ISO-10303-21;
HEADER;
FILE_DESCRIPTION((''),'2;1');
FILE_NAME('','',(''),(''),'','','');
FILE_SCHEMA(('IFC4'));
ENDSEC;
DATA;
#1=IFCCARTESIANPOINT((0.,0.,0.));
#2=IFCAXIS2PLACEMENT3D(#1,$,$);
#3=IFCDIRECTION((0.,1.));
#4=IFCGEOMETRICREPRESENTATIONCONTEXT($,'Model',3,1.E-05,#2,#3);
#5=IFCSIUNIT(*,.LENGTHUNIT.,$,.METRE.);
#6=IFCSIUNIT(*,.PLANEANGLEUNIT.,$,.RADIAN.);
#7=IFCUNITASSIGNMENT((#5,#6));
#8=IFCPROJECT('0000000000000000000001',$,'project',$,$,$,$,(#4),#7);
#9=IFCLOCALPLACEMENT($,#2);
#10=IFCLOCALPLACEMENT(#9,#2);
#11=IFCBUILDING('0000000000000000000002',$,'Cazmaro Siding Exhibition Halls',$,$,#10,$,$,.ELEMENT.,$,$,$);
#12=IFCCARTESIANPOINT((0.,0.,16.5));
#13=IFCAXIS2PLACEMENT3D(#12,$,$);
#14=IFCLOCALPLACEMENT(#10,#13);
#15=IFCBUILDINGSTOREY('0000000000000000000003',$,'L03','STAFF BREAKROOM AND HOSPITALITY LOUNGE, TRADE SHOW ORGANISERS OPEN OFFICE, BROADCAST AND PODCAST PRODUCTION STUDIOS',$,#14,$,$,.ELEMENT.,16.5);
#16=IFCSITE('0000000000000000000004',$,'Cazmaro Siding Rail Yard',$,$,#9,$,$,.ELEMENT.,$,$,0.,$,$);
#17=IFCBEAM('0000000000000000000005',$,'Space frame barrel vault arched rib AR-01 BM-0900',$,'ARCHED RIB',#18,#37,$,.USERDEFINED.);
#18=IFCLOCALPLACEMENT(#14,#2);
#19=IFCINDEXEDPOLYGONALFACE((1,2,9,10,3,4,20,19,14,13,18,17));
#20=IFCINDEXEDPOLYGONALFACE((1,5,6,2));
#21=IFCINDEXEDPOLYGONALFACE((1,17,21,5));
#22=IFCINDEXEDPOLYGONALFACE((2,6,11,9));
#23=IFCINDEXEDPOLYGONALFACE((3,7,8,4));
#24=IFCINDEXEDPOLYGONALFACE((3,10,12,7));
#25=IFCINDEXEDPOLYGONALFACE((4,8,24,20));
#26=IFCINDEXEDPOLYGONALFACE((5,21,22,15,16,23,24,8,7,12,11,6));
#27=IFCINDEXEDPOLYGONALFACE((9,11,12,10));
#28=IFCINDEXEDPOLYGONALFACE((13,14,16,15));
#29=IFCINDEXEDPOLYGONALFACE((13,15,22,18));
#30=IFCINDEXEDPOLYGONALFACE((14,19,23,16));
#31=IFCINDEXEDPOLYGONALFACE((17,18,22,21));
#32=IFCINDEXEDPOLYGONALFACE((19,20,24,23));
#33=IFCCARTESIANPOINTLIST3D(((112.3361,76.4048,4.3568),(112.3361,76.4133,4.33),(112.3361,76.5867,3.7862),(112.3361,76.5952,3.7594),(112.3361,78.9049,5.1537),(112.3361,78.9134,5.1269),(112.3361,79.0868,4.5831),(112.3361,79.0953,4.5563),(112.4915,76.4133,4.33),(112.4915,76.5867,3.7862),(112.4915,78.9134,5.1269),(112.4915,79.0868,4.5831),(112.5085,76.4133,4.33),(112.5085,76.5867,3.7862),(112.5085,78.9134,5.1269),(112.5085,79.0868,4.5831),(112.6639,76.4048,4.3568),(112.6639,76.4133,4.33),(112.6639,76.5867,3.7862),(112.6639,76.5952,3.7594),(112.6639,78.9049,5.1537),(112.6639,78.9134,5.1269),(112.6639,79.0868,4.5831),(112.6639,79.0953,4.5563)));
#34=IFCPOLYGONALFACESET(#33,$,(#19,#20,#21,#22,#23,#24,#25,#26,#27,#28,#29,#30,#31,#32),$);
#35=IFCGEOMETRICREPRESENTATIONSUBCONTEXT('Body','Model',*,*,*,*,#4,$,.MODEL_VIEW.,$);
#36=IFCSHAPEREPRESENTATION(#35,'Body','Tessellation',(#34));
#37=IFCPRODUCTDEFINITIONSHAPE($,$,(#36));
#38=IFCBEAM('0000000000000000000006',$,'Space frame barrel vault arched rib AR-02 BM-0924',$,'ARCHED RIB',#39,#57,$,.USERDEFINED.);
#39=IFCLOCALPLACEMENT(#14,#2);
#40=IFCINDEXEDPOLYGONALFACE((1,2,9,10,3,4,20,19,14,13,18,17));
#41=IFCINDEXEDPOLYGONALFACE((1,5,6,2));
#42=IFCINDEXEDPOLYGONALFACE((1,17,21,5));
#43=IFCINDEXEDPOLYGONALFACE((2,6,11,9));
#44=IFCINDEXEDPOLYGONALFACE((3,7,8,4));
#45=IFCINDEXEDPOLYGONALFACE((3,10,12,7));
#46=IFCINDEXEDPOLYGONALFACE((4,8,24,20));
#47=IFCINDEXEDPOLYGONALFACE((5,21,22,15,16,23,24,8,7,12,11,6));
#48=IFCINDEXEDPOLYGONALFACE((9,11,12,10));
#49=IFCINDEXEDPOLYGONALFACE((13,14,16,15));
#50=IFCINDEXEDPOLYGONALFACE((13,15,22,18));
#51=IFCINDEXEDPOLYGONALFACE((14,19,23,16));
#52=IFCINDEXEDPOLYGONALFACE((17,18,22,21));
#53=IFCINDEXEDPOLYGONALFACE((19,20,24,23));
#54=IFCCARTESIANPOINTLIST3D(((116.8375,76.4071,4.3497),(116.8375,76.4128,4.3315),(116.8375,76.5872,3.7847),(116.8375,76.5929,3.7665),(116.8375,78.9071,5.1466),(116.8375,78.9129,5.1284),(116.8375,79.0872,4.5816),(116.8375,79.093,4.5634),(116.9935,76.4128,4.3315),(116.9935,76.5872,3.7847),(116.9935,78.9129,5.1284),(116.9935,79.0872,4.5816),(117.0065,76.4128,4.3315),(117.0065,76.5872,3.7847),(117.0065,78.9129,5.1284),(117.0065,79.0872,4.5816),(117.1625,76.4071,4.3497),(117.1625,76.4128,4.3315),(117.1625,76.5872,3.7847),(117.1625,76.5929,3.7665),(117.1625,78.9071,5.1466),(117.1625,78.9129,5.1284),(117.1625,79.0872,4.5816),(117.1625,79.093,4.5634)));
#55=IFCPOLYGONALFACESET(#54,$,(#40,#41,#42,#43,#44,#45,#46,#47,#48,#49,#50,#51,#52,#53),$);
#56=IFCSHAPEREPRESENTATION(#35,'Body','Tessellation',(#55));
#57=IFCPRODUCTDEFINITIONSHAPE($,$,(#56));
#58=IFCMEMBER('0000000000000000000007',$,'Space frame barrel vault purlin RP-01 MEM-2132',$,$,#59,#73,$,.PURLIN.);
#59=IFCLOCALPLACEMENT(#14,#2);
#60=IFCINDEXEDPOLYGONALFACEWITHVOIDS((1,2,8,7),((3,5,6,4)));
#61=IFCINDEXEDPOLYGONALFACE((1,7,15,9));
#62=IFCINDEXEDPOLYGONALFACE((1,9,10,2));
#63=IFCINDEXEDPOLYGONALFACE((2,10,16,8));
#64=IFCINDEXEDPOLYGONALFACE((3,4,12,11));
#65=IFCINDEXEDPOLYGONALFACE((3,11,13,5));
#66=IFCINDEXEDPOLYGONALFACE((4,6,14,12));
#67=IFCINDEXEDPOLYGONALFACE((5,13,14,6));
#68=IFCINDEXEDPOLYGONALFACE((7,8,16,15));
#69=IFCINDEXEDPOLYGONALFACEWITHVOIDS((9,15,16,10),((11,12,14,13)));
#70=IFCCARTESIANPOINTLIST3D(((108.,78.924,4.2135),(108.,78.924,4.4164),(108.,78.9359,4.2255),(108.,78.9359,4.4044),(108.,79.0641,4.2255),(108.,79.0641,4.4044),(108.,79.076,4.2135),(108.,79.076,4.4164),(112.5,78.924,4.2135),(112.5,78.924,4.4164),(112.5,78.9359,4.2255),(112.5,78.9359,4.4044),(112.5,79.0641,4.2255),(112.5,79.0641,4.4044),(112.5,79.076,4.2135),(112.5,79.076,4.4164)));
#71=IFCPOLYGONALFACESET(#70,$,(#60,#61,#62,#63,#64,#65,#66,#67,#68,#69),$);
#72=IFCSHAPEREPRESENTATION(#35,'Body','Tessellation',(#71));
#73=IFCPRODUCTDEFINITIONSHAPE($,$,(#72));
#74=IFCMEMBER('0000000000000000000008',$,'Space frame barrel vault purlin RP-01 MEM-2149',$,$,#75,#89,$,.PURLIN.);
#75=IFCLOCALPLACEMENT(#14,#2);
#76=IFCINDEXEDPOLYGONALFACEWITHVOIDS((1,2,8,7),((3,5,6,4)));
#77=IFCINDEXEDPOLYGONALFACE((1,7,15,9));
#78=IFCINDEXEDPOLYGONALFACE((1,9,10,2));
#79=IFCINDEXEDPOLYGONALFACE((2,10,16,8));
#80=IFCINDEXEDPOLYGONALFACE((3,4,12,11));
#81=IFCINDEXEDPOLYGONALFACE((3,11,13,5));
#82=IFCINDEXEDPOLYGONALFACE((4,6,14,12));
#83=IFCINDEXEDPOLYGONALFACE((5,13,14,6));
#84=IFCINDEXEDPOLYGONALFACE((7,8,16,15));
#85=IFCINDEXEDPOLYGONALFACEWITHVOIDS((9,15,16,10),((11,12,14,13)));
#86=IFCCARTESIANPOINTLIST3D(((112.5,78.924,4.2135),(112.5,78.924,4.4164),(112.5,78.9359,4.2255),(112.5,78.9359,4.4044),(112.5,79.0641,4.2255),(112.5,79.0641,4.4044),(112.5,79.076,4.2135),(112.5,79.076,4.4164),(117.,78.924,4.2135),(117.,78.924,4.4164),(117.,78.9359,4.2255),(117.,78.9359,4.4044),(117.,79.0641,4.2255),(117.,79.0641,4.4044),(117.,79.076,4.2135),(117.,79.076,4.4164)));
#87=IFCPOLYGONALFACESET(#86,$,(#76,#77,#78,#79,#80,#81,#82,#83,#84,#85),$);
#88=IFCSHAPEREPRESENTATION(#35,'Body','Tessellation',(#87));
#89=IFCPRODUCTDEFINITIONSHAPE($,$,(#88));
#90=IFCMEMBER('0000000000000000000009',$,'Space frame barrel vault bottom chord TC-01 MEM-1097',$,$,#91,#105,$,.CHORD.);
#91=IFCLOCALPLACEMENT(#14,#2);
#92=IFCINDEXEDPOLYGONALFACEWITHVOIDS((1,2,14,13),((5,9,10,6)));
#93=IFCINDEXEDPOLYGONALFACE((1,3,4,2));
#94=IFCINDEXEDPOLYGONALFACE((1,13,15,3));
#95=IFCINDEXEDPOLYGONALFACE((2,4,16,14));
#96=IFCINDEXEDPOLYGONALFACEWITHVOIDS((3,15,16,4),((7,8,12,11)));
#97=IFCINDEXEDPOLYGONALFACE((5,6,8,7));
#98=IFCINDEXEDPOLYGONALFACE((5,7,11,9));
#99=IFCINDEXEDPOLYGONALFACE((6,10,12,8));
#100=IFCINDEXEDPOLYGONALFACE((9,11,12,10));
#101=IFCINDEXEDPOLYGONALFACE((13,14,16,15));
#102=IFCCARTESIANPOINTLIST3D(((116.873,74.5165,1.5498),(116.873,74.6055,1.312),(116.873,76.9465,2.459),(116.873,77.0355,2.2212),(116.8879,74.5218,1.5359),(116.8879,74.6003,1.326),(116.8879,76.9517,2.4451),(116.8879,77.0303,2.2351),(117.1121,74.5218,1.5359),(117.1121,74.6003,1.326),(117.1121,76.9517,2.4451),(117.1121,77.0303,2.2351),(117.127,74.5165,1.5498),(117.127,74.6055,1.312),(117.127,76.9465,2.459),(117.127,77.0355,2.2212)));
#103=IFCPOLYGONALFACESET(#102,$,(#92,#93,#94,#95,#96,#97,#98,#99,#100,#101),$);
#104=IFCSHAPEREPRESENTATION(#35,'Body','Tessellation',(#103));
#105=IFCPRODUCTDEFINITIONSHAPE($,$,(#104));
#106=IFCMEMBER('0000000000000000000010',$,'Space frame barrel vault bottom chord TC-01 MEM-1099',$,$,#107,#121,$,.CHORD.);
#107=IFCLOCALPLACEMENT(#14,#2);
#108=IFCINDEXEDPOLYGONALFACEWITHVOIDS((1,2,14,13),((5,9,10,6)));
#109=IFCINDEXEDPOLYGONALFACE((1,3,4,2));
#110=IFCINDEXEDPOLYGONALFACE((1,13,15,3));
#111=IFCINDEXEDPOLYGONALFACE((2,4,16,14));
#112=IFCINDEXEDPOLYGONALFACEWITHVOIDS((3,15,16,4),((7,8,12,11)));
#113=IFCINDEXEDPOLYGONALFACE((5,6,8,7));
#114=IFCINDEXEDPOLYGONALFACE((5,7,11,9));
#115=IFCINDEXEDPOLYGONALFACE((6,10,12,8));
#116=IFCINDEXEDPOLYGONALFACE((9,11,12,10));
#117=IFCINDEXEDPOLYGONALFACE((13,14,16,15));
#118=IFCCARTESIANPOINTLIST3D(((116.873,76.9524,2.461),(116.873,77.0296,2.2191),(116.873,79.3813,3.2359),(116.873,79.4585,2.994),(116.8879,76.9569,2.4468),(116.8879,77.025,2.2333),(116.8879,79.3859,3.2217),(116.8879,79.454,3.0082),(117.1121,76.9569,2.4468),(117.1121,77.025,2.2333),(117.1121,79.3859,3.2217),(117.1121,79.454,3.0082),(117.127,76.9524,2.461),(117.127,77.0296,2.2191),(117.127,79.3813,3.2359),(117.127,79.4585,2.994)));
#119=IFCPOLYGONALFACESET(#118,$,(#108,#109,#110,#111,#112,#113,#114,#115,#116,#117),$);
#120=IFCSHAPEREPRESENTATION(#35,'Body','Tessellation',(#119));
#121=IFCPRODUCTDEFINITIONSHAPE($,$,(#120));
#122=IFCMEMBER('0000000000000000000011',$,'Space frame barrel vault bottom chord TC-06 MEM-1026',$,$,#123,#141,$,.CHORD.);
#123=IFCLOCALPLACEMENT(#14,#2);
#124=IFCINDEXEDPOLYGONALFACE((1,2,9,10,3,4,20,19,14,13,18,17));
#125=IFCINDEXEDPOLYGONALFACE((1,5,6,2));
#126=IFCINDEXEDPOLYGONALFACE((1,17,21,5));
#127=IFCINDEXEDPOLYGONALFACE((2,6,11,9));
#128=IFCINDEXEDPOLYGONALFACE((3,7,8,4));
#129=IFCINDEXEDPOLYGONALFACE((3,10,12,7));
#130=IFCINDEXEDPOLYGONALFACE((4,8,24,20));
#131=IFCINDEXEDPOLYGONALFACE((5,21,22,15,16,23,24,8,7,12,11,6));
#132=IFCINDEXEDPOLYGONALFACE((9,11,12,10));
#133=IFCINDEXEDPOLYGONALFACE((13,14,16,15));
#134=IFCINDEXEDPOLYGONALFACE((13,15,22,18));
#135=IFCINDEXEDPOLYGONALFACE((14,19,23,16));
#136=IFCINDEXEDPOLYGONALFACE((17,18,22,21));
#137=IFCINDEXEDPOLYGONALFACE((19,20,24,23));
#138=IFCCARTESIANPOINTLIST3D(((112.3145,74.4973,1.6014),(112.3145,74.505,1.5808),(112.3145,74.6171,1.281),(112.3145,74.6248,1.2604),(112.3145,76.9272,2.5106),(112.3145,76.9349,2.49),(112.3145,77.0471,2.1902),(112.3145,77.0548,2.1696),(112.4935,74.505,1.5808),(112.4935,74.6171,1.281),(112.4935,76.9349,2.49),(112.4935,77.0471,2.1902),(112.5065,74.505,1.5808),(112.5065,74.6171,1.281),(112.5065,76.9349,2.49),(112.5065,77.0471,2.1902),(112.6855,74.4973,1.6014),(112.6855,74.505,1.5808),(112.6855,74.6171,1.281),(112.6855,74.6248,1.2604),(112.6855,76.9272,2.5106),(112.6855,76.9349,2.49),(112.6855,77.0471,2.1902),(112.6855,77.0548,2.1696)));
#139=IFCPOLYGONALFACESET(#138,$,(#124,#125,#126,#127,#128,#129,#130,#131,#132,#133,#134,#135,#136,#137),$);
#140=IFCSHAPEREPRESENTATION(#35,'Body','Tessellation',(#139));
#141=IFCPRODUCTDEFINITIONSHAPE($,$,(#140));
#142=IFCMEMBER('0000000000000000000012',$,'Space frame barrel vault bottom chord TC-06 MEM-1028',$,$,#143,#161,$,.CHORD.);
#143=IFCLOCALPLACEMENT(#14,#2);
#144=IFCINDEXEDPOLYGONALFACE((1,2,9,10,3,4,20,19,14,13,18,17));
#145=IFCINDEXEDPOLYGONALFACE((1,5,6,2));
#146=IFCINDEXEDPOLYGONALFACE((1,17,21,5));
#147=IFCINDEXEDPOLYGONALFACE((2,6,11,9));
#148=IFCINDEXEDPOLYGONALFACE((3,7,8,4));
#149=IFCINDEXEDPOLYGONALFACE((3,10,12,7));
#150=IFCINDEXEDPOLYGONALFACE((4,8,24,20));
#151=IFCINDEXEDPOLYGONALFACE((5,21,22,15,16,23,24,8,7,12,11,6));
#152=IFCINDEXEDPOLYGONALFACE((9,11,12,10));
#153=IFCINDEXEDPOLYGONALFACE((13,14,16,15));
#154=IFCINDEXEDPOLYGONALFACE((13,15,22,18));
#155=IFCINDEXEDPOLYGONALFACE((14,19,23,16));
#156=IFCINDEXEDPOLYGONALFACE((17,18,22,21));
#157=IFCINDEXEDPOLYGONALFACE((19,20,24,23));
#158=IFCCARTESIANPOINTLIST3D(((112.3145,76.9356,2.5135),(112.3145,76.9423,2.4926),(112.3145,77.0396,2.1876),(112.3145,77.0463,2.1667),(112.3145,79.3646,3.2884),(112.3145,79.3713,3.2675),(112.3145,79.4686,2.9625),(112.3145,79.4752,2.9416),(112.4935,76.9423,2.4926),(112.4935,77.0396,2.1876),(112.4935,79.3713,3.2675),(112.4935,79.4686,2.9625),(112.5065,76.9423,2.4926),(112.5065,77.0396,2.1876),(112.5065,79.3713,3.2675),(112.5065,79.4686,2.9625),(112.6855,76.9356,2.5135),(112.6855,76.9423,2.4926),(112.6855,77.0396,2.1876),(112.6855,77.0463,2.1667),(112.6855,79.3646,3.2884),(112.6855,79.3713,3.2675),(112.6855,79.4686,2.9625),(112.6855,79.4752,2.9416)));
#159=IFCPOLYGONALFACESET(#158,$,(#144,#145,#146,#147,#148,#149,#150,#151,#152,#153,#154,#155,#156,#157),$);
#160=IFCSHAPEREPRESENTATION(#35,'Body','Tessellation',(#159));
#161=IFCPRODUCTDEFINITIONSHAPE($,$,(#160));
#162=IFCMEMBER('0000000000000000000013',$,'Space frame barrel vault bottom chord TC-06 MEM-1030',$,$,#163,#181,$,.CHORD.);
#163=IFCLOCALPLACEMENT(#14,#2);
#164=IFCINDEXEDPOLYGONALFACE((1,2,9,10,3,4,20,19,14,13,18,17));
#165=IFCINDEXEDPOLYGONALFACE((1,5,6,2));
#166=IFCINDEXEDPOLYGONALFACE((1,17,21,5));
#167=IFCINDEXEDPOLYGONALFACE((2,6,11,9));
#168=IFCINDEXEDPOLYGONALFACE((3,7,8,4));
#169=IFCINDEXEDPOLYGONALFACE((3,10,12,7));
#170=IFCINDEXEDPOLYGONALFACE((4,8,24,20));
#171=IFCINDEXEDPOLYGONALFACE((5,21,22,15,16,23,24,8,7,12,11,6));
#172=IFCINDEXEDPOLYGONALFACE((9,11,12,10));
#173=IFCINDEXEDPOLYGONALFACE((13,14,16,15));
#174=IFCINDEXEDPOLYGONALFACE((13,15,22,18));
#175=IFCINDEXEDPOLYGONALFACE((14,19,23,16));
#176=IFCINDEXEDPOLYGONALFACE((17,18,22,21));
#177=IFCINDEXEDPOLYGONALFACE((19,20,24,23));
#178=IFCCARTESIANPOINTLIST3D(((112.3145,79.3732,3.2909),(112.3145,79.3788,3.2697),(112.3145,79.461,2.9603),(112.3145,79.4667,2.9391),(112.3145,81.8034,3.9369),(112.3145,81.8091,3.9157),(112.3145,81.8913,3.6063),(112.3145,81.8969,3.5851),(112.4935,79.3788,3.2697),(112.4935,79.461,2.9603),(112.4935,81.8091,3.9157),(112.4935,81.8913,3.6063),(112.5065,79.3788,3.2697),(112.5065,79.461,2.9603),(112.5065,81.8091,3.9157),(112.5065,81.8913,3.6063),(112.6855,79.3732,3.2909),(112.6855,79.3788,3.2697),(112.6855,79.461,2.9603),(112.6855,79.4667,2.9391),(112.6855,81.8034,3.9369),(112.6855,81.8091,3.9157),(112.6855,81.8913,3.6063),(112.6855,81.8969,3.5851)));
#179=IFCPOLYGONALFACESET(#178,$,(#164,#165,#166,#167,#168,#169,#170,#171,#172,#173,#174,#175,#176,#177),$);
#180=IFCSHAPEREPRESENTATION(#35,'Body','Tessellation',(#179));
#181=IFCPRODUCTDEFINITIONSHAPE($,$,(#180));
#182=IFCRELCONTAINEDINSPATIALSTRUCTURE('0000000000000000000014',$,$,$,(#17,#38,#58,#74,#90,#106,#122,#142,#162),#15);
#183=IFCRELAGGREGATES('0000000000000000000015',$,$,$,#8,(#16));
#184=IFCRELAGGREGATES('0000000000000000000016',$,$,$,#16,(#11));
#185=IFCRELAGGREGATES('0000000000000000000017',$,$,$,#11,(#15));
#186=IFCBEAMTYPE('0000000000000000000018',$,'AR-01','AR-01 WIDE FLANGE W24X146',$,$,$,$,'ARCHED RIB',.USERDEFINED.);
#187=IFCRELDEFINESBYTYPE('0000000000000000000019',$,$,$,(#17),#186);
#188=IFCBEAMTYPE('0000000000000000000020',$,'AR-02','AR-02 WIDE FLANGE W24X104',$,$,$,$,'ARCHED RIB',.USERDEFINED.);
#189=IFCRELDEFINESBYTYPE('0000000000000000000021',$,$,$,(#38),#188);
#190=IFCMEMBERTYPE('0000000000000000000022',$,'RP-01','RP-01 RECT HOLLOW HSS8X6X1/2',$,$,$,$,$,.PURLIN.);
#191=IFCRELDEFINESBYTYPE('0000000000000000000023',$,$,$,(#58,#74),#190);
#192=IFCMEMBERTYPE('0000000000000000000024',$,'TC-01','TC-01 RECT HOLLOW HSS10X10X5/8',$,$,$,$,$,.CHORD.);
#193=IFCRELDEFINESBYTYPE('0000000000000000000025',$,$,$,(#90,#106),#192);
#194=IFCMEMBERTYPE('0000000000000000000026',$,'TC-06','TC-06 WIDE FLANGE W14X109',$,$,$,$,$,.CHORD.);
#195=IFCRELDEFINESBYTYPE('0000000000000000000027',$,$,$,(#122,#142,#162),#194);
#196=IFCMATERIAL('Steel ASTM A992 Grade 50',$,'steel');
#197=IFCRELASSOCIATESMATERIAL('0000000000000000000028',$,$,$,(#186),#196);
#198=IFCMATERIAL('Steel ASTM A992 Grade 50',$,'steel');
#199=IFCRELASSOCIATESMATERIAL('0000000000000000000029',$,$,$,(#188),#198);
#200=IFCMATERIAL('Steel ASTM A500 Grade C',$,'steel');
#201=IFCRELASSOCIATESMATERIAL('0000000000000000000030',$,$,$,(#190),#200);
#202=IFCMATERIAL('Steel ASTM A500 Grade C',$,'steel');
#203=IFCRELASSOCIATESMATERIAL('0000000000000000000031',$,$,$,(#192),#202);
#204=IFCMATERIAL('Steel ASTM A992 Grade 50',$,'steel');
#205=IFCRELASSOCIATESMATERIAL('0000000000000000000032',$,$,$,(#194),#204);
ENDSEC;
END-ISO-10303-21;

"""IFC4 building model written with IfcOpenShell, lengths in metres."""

from ifc_helpers import new_model, si_unit, direction, frame, origin, origin_2d, place, context, subcontext, project, spatial, hollow_rectangle, i_section, extrude, material, material_profile, profile_set, type_object, element, save


model = new_model("IFC4")

# Units and contexts
model_context = context("Model", 3, precision=1e-05, world=origin(), true_north=direction((0.0, 1.0)))
body_context = subcontext(model_context, "Body", "Model", "MODEL_VIEW")
ifc_project = project(units=[si_unit("LENGTHUNIT", "METRE"), si_unit("PLANEANGLEUNIT", "RADIAN")], contexts=[model_context])

# Site, building, storey
site_placement = place(None, origin())
site = spatial("IfcSite", under=ifc_project, at=site_placement, Name="Cazmaro Siding Rail Yard", CompositionType="ELEMENT", RefElevation=0.0)
building_placement = place(site_placement, origin())
building = spatial("IfcBuilding", under=site, at=building_placement, Name="Cazmaro Siding Exhibition Halls", CompositionType="ELEMENT")
storey_placement = place(building_placement, frame((0.0, 0.0, 16.5)))
storey = spatial("IfcBuildingStorey", under=building, at=storey_placement, Name="L03", Description="STAFF BREAKROOM AND HOSPITALITY LOUNGE, TRADE SHOW ORGANISERS OPEN OFFICE, BROADCAST AND PODCAST PRODUCTION STUDIOS", CompositionType="ELEMENT", Elevation=16.5)

# Beams
ifc_material_1 = material(Name="Steel ASTM A992 Grade 50", Category="steel")
ifc_material_profile_1 = material_profile(ifc_material_1, i_section(OverallWidth=0.3279, OverallDepth=0.627, WebThickness=0.0171, FlangeThickness=0.0281, at=origin_2d()), Name="W24X146")
ifc_profile_set_1 = profile_set([ifc_material_profile_1], Name="Steel ASTM A992 Grade 50")
beam_type_1 = type_object("IfcBeamType", Name="AR-01", Description="AR-01 WIDE FLANGE W24X146", ElementType="ARCHED RIB", PredefinedType="USERDEFINED", material=ifc_profile_set_1)
beam_1_placement = place(storey_placement, frame((112.5, 76.5, 4.0581), z_axis=(0.0, 0.952769, 0.303695), x_axis=(-1.0, 0.0, 0.0)))
element("IfcBeam", 1, at=beam_1_placement, inside=storey, type_object=beam_type_1, Name="Space frame barrel vault arched rib AR-01 BM-0900", ObjectType="ARCHED RIB", PredefinedType="USERDEFINED", context=body_context, shape_type="SweptSolid", body=[
    extrude(i_section(OverallWidth=0.3279, OverallDepth=0.627, WebThickness=0.0171, FlangeThickness=0.0281, at=origin_2d()), origin(), (0.0, 0.0, 1.0), 2.624),
])
ifc_material_2 = material(Name="Steel ASTM A992 Grade 50", Category="steel")
ifc_material_profile_2 = material_profile(ifc_material_2, i_section(OverallWidth=0.325, OverallDepth=0.6121, WebThickness=0.0129, FlangeThickness=0.019, at=origin_2d()), Name="W24X104")
ifc_profile_set_2 = profile_set([ifc_material_profile_2], Name="Steel ASTM A992 Grade 50")
beam_type_2 = type_object("IfcBeamType", Name="AR-02", Description="AR-02 WIDE FLANGE W24X104", ElementType="ARCHED RIB", PredefinedType="USERDEFINED", material=ifc_profile_set_2)
beam_2_placement = place(storey_placement, frame((117.0, 76.5, 4.0581), z_axis=(0.0, 0.952769, 0.303695), x_axis=(-1.0, 0.0, 0.0)))
element("IfcBeam", 2, at=beam_2_placement, inside=storey, type_object=beam_type_2, Name="Space frame barrel vault arched rib AR-02 BM-0924", ObjectType="ARCHED RIB", PredefinedType="USERDEFINED", context=body_context, shape_type="SweptSolid", body=[
    extrude(i_section(OverallWidth=0.325, OverallDepth=0.6121, WebThickness=0.0129, FlangeThickness=0.019, at=origin_2d()), origin(), (0.0, 0.0, 1.0), 2.624),
])

# Members
ifc_material_3 = material(Name="Steel ASTM A500 Grade C", Category="steel")
ifc_material_profile_3 = material_profile(ifc_material_3, hollow_rectangle(XDim=0.1521, YDim=0.2029, WallThickness=0.012, at=origin_2d()), Name="HSS8X6X1/2")
ifc_profile_set_3 = profile_set([ifc_material_profile_3], Name="Steel ASTM A500 Grade C")
member_type_1 = type_object("IfcMemberType", Name="RP-01", Description="RP-01 RECT HOLLOW HSS8X6X1/2", PredefinedType="PURLIN", material=ifc_profile_set_3)
for number, where, z_axis, x_axis, name in (
    (3, (108.0, 79.0, 4.3149), (1.0, 0.0, 0.0), (0.0, 1.0, 0.0), "Space frame barrel vault purlin RP-01 MEM-2132"),
    (4, (112.5, 79.0, 4.3149), (1.0, 0.0, 0.0), (0.0, 1.0, 0.0), "Space frame barrel vault purlin RP-01 MEM-2149"),
):
    element("IfcMember", number, at=place(storey_placement, frame(where, z_axis=z_axis, x_axis=x_axis)), inside=storey, type_object=member_type_1, Name=name, PredefinedType="PURLIN", context=body_context, shape_type="SweptSolid", body=[
        extrude(hollow_rectangle(XDim=0.1521, YDim=0.2029, WallThickness=0.012, at=origin_2d()), origin(), (0.0, 0.0, 1.0), 4.5),
    ])
ifc_material_4 = material(Name="Steel ASTM A500 Grade C", Category="steel")
ifc_material_profile_4 = material_profile(ifc_material_4, hollow_rectangle(XDim=0.2539, YDim=0.2539, WallThickness=0.0149, at=origin_2d()), Name="HSS10X10X5/8")
ifc_profile_set_4 = profile_set([ifc_material_profile_4], Name="Steel ASTM A500 Grade C")
member_type_2 = type_object("IfcMemberType", Name="TC-01", Description="TC-01 RECT HOLLOW HSS10X10X5/8", PredefinedType="CHORD", material=ifc_profile_set_4)
member_1_placement = place(storey_placement, frame((117.0, 74.561, 1.4309), z_axis=(0.0, 0.936588, 0.350432), x_axis=(-1.0, 0.0, 0.0)))
element("IfcMember", 5, at=member_1_placement, inside=storey, type_object=member_type_2, Name="Space frame barrel vault bottom chord TC-01 MEM-1097", PredefinedType="CHORD", context=body_context, shape_type="SweptSolid", body=[
    extrude(hollow_rectangle(XDim=0.2539, YDim=0.2539, WallThickness=0.0149, at=origin_2d()), origin(), (0.0, 0.0, 1.0), 2.5945),
])
member_2_placement = place(storey_placement, frame((117.0, 76.991, 2.3401), z_axis=(0.0, 0.952693, 0.303935), x_axis=(-1.0, 0.0, 0.0)))
element("IfcMember", 6, at=member_2_placement, inside=storey, type_object=member_type_2, Name="Space frame barrel vault bottom chord TC-01 MEM-1099", PredefinedType="CHORD", context=body_context, shape_type="SweptSolid", body=[
    extrude(hollow_rectangle(XDim=0.2539, YDim=0.2539, WallThickness=0.0149, at=origin_2d()), origin(), (0.0, 0.0, 1.0), 2.5496),
])
ifc_material_5 = material(Name="Steel ASTM A992 Grade 50", Category="steel")
ifc_material_profile_5 = material_profile(ifc_material_5, i_section(OverallWidth=0.3711, OverallDepth=0.364, WebThickness=0.0129, FlangeThickness=0.022, at=origin_2d()), Name="W14X109")
ifc_profile_set_5 = profile_set([ifc_material_profile_5], Name="Steel ASTM A992 Grade 50")
member_type_3 = type_object("IfcMemberType", Name="TC-06", Description="TC-06 WIDE FLANGE W14X109", PredefinedType="CHORD", material=ifc_profile_set_5)
member_3_placement = place(storey_placement, frame((112.5, 74.561, 1.4309), z_axis=(0.0, 0.936588, 0.350432), x_axis=(-1.0, 0.0, 0.0)))
element("IfcMember", 7, at=member_3_placement, inside=storey, type_object=member_type_3, Name="Space frame barrel vault bottom chord TC-06 MEM-1026", PredefinedType="CHORD", context=body_context, shape_type="SweptSolid", body=[
    extrude(i_section(OverallWidth=0.3711, OverallDepth=0.364, WebThickness=0.0129, FlangeThickness=0.022, at=origin_2d()), origin(), (0.0, 0.0, 1.0), 2.5945),
])
member_4_placement = place(storey_placement, frame((112.5, 76.991, 2.3401), z_axis=(0.0, 0.952693, 0.303935), x_axis=(-1.0, 0.0, 0.0)))
element("IfcMember", 8, at=member_4_placement, inside=storey, type_object=member_type_3, Name="Space frame barrel vault bottom chord TC-06 MEM-1028", PredefinedType="CHORD", context=body_context, shape_type="SweptSolid", body=[
    extrude(i_section(OverallWidth=0.3711, OverallDepth=0.364, WebThickness=0.0129, FlangeThickness=0.022, at=origin_2d()), origin(), (0.0, 0.0, 1.0), 2.5496),
])
member_5_placement = place(storey_placement, frame((112.5, 79.4199, 3.115), z_axis=(0.0, 0.966438, 0.256901), x_axis=(-1.0, 0.0, 0.0)))
element("IfcMember", 9, at=member_5_placement, inside=storey, type_object=member_type_3, Name="Space frame barrel vault bottom chord TC-06 MEM-1030", PredefinedType="CHORD", context=body_context, shape_type="SweptSolid", body=[
    extrude(i_section(OverallWidth=0.3711, OverallDepth=0.364, WebThickness=0.0129, FlangeThickness=0.022, at=origin_2d()), origin(), (0.0, 0.0, 1.0), 2.5146),
])

save(model, "model.ifc")
